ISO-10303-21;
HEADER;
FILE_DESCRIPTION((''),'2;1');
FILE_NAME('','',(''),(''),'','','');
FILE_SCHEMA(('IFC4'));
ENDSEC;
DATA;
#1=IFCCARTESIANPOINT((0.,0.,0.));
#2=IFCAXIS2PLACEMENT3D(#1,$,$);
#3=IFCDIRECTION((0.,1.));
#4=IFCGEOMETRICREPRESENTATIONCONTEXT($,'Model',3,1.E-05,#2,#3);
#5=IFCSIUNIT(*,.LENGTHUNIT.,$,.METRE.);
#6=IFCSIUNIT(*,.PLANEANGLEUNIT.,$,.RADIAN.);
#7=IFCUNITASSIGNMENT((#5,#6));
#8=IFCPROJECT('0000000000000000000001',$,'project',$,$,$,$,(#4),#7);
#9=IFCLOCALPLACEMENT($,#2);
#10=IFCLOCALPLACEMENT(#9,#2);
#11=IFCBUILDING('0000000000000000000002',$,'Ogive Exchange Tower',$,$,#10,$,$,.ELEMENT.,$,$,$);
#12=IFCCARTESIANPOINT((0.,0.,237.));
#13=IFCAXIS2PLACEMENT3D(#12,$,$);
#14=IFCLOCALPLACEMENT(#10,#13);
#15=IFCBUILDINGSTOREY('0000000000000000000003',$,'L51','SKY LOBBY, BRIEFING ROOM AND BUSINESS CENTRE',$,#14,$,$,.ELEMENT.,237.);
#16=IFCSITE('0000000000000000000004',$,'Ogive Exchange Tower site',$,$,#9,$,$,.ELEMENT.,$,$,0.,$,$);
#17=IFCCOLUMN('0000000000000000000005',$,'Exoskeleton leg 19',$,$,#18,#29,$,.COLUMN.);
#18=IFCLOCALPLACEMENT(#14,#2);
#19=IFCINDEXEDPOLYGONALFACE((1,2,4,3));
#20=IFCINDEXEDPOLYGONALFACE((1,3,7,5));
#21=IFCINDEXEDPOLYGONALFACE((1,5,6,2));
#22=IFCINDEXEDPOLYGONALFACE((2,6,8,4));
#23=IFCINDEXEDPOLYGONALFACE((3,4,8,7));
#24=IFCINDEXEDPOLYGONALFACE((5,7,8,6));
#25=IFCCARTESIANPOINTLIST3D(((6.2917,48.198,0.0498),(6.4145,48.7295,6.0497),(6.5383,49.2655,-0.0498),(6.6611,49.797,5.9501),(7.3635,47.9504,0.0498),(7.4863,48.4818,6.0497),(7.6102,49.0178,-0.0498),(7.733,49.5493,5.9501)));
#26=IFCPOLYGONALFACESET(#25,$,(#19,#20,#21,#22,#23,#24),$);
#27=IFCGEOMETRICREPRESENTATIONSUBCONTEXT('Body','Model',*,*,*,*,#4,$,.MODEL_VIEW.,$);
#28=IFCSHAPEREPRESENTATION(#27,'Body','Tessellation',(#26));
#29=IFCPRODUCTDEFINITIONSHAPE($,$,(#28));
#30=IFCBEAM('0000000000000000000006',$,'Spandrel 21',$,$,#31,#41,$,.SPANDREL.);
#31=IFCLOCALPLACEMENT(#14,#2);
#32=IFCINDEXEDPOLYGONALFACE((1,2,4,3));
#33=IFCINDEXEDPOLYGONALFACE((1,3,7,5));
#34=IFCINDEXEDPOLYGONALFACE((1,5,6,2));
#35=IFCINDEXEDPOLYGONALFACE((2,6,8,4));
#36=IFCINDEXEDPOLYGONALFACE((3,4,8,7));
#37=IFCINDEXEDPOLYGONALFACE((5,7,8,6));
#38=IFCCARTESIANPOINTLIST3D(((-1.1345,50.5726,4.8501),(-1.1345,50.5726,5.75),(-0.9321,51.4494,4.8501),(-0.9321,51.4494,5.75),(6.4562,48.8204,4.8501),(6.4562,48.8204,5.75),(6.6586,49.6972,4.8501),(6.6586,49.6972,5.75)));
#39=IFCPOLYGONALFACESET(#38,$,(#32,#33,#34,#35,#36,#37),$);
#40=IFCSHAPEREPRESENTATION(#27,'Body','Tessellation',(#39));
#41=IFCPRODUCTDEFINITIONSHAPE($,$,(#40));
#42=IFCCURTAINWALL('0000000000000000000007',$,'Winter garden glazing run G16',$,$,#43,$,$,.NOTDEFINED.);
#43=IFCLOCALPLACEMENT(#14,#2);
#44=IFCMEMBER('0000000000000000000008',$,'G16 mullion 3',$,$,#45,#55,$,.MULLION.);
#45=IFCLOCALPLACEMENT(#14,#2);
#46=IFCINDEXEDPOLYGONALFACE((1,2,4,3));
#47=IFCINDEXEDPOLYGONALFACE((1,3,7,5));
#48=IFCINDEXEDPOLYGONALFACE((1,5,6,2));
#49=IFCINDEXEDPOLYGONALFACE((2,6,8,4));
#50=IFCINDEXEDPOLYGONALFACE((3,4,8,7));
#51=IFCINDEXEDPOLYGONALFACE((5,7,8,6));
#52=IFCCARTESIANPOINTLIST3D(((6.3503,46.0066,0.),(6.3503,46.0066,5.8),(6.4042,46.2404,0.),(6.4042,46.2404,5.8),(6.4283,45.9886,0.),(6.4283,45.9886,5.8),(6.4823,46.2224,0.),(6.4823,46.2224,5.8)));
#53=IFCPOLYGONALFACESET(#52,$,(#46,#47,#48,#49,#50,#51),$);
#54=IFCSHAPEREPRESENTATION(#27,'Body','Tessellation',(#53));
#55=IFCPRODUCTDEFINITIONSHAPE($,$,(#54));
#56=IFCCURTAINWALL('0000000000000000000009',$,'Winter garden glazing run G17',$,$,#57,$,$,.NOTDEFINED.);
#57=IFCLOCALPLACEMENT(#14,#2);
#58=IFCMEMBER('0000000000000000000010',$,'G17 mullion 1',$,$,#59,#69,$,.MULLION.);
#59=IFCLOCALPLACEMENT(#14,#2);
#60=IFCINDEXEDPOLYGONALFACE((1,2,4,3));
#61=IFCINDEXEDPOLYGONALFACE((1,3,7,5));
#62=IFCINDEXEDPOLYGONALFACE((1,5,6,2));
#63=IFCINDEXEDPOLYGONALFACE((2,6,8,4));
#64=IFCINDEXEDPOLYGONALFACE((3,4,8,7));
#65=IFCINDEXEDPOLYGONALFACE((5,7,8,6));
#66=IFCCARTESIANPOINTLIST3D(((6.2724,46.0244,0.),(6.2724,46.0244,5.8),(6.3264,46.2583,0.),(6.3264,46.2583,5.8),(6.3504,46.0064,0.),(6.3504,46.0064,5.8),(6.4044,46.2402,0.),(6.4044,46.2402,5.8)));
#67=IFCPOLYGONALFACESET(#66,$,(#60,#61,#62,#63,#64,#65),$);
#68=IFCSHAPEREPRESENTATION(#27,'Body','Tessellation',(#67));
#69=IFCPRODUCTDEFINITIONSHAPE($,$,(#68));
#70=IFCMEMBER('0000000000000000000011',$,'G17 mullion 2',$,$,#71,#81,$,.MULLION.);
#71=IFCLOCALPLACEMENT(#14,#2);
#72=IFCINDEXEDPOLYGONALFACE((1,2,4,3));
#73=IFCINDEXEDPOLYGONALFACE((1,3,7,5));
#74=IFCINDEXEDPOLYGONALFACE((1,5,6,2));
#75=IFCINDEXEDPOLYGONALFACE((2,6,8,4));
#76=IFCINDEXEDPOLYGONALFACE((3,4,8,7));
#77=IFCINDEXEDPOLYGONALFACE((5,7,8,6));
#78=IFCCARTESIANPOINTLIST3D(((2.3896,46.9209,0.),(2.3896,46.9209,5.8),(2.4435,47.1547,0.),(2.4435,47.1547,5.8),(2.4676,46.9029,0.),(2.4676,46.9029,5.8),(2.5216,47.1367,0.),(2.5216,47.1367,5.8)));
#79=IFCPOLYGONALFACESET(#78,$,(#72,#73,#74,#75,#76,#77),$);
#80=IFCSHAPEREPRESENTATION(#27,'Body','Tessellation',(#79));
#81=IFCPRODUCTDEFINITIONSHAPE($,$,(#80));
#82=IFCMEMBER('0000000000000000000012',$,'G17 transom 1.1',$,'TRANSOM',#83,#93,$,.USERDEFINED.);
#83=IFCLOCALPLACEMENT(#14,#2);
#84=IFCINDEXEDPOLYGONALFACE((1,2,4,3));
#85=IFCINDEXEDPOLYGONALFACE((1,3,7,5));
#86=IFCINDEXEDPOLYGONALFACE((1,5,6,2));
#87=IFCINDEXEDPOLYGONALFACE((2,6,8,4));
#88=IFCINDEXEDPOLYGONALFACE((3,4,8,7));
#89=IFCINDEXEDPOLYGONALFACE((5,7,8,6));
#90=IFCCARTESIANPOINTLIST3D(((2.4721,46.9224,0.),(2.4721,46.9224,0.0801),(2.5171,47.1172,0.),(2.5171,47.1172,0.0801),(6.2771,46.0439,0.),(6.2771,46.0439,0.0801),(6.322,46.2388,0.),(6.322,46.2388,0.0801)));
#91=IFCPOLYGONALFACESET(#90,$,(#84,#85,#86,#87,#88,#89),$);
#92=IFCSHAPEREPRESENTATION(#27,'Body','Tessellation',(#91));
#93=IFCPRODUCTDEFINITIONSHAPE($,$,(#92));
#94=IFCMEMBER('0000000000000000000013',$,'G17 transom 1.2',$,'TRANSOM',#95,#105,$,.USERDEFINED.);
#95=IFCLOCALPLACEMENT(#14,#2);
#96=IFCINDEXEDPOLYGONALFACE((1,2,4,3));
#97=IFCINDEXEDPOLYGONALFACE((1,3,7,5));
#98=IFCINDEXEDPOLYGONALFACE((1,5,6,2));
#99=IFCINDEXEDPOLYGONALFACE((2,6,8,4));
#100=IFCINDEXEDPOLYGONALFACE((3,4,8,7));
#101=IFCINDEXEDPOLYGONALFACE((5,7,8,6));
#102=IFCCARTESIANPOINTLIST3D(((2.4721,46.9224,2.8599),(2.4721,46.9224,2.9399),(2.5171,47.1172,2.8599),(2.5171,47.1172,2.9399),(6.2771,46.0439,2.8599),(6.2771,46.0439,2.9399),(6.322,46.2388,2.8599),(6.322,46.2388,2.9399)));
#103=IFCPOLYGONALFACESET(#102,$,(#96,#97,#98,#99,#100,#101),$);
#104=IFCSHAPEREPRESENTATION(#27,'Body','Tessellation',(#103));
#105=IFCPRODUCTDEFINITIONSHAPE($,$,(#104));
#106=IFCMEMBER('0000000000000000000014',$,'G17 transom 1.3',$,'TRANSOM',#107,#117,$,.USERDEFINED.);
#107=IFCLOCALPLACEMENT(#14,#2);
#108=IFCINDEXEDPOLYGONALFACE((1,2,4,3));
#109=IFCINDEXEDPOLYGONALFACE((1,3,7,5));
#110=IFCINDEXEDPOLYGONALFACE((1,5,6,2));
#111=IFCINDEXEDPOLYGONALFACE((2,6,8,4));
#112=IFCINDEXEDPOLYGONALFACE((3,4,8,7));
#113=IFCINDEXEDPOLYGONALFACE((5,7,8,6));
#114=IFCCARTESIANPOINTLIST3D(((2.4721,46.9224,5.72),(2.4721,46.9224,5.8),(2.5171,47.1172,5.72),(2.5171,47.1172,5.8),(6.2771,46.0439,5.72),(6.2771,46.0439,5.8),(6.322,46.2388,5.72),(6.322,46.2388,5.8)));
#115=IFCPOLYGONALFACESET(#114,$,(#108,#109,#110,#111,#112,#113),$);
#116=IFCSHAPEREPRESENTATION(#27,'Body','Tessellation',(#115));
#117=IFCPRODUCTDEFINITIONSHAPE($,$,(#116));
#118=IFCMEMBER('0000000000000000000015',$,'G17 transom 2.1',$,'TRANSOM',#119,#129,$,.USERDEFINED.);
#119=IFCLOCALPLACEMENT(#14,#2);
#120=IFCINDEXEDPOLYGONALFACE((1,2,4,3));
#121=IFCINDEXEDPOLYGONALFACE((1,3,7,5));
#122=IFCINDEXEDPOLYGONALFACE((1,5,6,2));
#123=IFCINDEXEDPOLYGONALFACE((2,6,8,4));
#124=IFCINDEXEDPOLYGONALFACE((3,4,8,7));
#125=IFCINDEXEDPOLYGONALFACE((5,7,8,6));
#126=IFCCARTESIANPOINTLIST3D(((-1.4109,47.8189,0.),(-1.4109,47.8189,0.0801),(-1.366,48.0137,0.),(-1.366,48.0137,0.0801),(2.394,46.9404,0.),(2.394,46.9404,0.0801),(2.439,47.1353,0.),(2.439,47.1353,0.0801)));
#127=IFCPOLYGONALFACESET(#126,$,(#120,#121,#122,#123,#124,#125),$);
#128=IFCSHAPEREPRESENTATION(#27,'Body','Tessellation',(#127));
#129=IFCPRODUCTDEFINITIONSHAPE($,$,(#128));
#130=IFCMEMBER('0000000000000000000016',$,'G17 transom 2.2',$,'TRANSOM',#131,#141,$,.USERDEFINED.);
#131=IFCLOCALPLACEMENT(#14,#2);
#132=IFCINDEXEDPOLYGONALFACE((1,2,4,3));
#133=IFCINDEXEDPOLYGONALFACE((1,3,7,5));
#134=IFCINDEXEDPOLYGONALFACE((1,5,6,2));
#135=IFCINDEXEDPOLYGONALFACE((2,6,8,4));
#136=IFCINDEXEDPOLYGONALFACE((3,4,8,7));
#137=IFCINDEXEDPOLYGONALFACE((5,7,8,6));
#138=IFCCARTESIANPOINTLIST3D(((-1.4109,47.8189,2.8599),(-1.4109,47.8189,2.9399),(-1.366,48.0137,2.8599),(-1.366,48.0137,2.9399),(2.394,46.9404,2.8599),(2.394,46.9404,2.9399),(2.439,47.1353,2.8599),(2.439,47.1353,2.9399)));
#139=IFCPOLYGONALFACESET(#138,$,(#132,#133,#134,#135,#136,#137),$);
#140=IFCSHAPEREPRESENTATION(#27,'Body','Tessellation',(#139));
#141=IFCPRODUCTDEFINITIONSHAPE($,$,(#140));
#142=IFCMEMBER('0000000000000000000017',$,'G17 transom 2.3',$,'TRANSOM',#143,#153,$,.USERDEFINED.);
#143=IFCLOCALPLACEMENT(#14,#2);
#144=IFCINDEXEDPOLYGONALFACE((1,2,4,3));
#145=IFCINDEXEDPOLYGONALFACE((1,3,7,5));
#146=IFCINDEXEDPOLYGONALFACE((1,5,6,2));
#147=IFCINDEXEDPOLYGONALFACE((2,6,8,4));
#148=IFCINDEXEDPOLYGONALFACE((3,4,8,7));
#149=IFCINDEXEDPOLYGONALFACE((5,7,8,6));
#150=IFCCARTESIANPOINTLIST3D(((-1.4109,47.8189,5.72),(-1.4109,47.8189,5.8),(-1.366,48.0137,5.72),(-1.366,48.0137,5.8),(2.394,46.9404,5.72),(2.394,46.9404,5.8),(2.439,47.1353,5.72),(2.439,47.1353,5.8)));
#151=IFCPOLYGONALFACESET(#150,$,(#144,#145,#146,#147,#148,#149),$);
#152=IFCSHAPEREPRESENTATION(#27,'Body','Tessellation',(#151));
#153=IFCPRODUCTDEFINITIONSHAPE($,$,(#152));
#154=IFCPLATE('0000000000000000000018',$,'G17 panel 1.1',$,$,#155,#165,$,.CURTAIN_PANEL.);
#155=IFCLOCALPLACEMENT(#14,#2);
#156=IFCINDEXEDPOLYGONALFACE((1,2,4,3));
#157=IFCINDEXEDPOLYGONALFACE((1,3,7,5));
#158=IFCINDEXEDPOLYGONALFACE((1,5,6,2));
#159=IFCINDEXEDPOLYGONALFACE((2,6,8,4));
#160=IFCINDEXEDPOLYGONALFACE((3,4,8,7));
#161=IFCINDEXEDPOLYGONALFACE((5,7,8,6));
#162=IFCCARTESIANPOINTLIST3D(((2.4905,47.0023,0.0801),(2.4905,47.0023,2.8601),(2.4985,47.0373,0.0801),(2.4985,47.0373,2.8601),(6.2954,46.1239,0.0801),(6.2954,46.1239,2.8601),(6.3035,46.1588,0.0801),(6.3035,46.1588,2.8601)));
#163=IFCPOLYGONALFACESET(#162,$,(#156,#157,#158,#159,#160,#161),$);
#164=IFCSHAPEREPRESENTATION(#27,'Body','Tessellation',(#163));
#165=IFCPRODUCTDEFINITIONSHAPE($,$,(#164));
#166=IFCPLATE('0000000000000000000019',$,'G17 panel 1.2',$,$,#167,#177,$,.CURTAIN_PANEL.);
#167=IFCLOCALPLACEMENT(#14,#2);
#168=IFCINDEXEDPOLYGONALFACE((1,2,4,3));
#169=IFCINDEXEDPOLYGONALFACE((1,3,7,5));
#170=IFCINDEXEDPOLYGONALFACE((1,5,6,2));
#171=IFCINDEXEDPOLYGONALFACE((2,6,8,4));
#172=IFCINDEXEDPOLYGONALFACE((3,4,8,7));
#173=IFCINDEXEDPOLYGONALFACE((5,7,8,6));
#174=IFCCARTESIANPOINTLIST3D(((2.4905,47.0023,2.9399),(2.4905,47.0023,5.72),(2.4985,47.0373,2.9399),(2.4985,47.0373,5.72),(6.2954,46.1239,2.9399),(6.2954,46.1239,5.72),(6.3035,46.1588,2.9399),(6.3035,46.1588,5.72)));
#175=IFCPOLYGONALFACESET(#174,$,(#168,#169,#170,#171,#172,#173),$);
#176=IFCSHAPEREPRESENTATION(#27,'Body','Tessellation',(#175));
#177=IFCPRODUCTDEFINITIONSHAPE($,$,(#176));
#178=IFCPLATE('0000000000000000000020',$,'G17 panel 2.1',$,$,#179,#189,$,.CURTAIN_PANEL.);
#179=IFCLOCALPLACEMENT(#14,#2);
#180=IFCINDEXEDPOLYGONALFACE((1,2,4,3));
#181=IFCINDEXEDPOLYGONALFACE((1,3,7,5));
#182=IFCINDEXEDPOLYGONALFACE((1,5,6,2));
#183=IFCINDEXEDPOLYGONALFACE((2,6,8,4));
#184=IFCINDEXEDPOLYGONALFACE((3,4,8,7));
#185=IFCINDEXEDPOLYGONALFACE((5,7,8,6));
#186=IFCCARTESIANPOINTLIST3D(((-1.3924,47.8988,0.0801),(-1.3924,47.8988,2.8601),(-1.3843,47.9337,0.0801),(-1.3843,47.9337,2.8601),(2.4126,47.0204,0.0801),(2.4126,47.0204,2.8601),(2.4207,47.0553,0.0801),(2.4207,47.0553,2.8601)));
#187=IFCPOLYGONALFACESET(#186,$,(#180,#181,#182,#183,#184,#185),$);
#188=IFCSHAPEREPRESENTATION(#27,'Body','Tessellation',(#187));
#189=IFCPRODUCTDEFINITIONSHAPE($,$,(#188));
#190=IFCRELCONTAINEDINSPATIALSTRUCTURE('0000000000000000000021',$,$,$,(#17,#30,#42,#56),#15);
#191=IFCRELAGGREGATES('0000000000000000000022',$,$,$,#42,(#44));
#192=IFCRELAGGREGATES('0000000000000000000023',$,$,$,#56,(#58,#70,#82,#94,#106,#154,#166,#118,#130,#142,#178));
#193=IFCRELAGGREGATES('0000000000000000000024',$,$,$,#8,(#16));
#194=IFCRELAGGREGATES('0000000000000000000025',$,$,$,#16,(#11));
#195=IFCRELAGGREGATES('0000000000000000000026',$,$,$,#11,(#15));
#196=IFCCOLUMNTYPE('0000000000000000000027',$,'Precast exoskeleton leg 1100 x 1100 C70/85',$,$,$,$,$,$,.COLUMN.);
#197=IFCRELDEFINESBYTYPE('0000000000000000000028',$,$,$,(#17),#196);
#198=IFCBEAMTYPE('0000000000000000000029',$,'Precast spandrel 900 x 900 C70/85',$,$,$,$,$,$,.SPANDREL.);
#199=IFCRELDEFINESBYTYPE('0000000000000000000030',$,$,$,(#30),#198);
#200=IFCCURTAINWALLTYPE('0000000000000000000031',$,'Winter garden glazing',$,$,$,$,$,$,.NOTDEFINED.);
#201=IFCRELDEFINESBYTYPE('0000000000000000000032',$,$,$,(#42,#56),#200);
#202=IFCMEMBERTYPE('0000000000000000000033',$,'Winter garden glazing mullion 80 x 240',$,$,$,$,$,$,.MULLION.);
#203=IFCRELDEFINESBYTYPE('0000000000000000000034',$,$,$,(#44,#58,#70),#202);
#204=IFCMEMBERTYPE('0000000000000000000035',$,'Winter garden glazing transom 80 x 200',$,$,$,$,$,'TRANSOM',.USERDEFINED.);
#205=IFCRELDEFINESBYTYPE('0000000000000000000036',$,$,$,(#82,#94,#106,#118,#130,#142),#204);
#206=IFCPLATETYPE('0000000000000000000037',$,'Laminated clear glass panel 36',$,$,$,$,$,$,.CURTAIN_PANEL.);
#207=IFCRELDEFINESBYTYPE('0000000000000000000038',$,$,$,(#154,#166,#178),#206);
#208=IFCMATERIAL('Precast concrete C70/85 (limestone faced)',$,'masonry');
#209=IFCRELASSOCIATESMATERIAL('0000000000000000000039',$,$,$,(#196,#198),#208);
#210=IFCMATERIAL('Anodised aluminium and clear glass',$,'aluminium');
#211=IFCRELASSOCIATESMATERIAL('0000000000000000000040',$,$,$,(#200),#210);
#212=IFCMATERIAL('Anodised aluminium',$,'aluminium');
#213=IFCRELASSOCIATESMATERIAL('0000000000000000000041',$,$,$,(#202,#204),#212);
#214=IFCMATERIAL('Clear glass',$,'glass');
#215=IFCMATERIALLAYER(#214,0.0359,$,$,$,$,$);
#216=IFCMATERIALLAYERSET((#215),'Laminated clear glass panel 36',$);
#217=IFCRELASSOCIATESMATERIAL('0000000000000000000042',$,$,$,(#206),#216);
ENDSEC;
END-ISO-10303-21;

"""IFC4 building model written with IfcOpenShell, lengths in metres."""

from ifc_helpers import new_model, si_unit, direction, frame, origin, origin_2d, place, context, subcontext, project, spatial, rectangle, extrude, material, layer, layer_set, material_profile, profile_set, type_object, element, aggregate, save


model = new_model("IFC4")

# Units and contexts
model_context = context("Model", 3, precision=1e-05, world=origin(), true_north=direction((0.0, 1.0)))
body_context = subcontext(model_context, "Body", "Model", "MODEL_VIEW")
ifc_project = project(units=[si_unit("LENGTHUNIT", "METRE"), si_unit("PLANEANGLEUNIT", "RADIAN")], contexts=[model_context])

# Site, building, storey
site_placement = place(None, origin())
site = spatial("IfcSite", under=ifc_project, at=site_placement, Name="Ogive Exchange Tower site", CompositionType="ELEMENT", RefElevation=0.0)
building_placement = place(site_placement, origin())
building = spatial("IfcBuilding", under=site, at=building_placement, Name="Ogive Exchange Tower", CompositionType="ELEMENT")
storey_placement = place(building_placement, frame((0.0, 0.0, 237.0)))
storey = spatial("IfcBuildingStorey", under=building, at=storey_placement, Name="L51", Description="SKY LOBBY, BRIEFING ROOM AND BUSINESS CENTRE", CompositionType="ELEMENT", Elevation=237.0)

# Column
ifc_material_1 = material(Name="Precast concrete C70/85 (limestone faced)", Category="masonry")
ifc_material_profile_1 = material_profile(ifc_material_1, rectangle(XDim=1.1001, YDim=1.1001, at=origin_2d()), Name="1100 x 1100")
ifc_profile_set_1 = profile_set([ifc_material_profile_1], Name="Precast concrete C70/85 (limestone faced)")
column_type = type_object("IfcColumnType", Name="Precast exoskeleton leg 1100 x 1100 C70/85", PredefinedType="COLUMN", material=ifc_profile_set_1)
column_placement = place(storey_placement, frame((6.9509, 48.6079, 0.0), z_axis=(0.020383, 0.088219, 0.995893), x_axis=(-0.974331, 0.225121, 0.0)))
element("IfcColumn", 1, at=column_placement, inside=storey, type_object=column_type, Name="Exoskeleton leg 19", PredefinedType="COLUMN", context=body_context, shape_type="SweptSolid", body=[
    extrude(rectangle(XDim=1.1001, YDim=1.1001, at=origin_2d()), origin(), (0.0, 0.0, 1.0), 6.0247),
])

# Beam
ifc_material_profile_2 = material_profile(ifc_material_1, rectangle(XDim=0.8999, YDim=0.8999, at=origin_2d()), Name="900 x 900")
ifc_profile_set_2 = profile_set([ifc_material_profile_2], Name="Precast concrete C70/85 (limestone faced)")
beam_type = type_object("IfcBeamType", Name="Precast spandrel 900 x 900 C70/85", PredefinedType="SPANDREL", material=ifc_profile_set_2)
beam_placement = place(storey_placement, frame((6.5574, 49.2588, 5.3), z_axis=(-0.974376, 0.224924, 0.0), x_axis=(-0.224924, -0.974376, 0.0)))
element("IfcBeam", 2, at=beam_placement, inside=storey, type_object=beam_type, Name="Spandrel 21", PredefinedType="SPANDREL", context=body_context, shape_type="SweptSolid", body=[
    extrude(rectangle(XDim=0.8999, YDim=0.8999, at=origin_2d()), origin(), (0.0, 0.0, 1.0), 7.7903),
])

# Curtain wall, member
ifc_material_2 = material(Name="Anodised aluminium and clear glass", Category="aluminium")
curtain_wall_type = type_object("IfcCurtainWallType", Name="Winter garden glazing", PredefinedType="NOTDEFINED", material=ifc_material_2)
curtain_wall_1_placement = place(storey_placement, origin())
curtain_wall_1 = element("IfcCurtainWall", 3, at=curtain_wall_1_placement, inside=storey, type_object=curtain_wall_type, Name="Winter garden glazing run G16", PredefinedType="NOTDEFINED")
ifc_material_3 = material(Name="Anodised aluminium", Category="aluminium")
ifc_material_profile_3 = material_profile(ifc_material_3, rectangle(XDim=0.24, YDim=0.0801, at=origin_2d()), Name="AL 80x240")
ifc_profile_set_3 = profile_set([ifc_material_profile_3], Name="Anodised aluminium")
member_type_1 = type_object("IfcMemberType", Name="Winter garden glazing mullion 80 x 240", PredefinedType="MULLION", material=ifc_profile_set_3)
member_1_placement = place(storey_placement, frame((6.4163, 46.1145, 0.0), z_axis=(0.0, 0.0, 1.0), x_axis=(-0.224958, -0.974368, 0.0)))
member_1 = element("IfcMember", 4, at=member_1_placement, type_object=member_type_1, Name="G16 mullion 3", PredefinedType="MULLION", context=body_context, shape_type="SweptSolid", body=[
    extrude(rectangle(XDim=0.24, YDim=0.0801, at=origin_2d()), origin(), (0.0, 0.0, 1.0), 5.8),
])
aggregate(curtain_wall_1, [member_1])

# Curtain wall, members, plates
curtain_wall_2_placement = place(storey_placement, origin())
curtain_wall_2 = element("IfcCurtainWall", 5, at=curtain_wall_2_placement, inside=storey, type_object=curtain_wall_type, Name="Winter garden glazing run G17", PredefinedType="NOTDEFINED")
member_2_placement = place(storey_placement, frame((6.3384, 46.1323, 0.0), z_axis=(0.0, 0.0, 1.0), x_axis=(-0.224944, -0.974372, 0.0)))
member_2 = element("IfcMember", 6, at=member_2_placement, type_object=member_type_1, Name="G17 mullion 1", PredefinedType="MULLION", context=body_context, shape_type="SweptSolid", body=[
    extrude(rectangle(XDim=0.24, YDim=0.0801, at=origin_2d()), origin(), (0.0, 0.0, 1.0), 5.8),
])
member_3_placement = place(storey_placement, frame((2.4556, 47.0288, 0.0), z_axis=(0.0, 0.0, 1.0), x_axis=(-0.224944, -0.974372, 0.0)))
member_3 = element("IfcMember", 7, at=member_3_placement, type_object=member_type_1, Name="G17 mullion 2", PredefinedType="MULLION", context=body_context, shape_type="SweptSolid", body=[
    extrude(rectangle(XDim=0.24, YDim=0.0801, at=origin_2d()), origin(), (0.0, 0.0, 1.0), 5.8),
])
ifc_material_profile_4 = material_profile(ifc_material_3, rectangle(XDim=0.2, YDim=0.0801, at=origin_2d()), Name="AL 80x200")
ifc_profile_set_4 = profile_set([ifc_material_profile_4], Name="Anodised aluminium")
member_type_2 = type_object("IfcMemberType", Name="Winter garden glazing transom 80 x 200", ElementType="TRANSOM", PredefinedType="USERDEFINED", material=ifc_profile_set_4)
member_4_placement = place(storey_placement, frame((6.2996, 46.1414, 0.04), z_axis=(-0.974371, 0.224946, 0.0), x_axis=(-0.224946, -0.974371, 0.0)))
member_4 = element("IfcMember", 8, at=member_4_placement, type_object=member_type_2, Name="G17 transom 1.1", ObjectType="TRANSOM", PredefinedType="USERDEFINED", context=body_context, shape_type="SweptSolid", body=[
    extrude(rectangle(XDim=0.2, YDim=0.0801, at=origin_2d()), origin(), (0.0, 0.0, 1.0), 3.905),
])
member_5_placement = place(storey_placement, frame((6.2996, 46.1414, 2.8999), z_axis=(-0.974371, 0.224946, 0.0), x_axis=(-0.224946, -0.974371, 0.0)))
member_5 = element("IfcMember", 9, at=member_5_placement, type_object=member_type_2, Name="G17 transom 1.2", ObjectType="TRANSOM", PredefinedType="USERDEFINED", context=body_context, shape_type="SweptSolid", body=[
    extrude(rectangle(XDim=0.2, YDim=0.0801, at=origin_2d()), origin(), (0.0, 0.0, 1.0), 3.905),
])
member_6_placement = place(storey_placement, frame((6.2996, 46.1414, 5.76), z_axis=(-0.974371, 0.224946, 0.0), x_axis=(-0.224946, -0.974371, 0.0)))
member_6 = element("IfcMember", 10, at=member_6_placement, type_object=member_type_2, Name="G17 transom 1.3", ObjectType="TRANSOM", PredefinedType="USERDEFINED", context=body_context, shape_type="SweptSolid", body=[
    extrude(rectangle(XDim=0.2, YDim=0.0801, at=origin_2d()), origin(), (0.0, 0.0, 1.0), 3.905),
])
member_7_placement = place(storey_placement, frame((2.4165, 47.0378, 0.04), z_axis=(-0.974371, 0.224946, 0.0), x_axis=(-0.224946, -0.974371, 0.0)))
member_7 = element("IfcMember", 11, at=member_7_placement, type_object=member_type_2, Name="G17 transom 2.1", ObjectType="TRANSOM", PredefinedType="USERDEFINED", context=body_context, shape_type="SweptSolid", body=[
    extrude(rectangle(XDim=0.2, YDim=0.0801, at=origin_2d()), origin(), (0.0, 0.0, 1.0), 3.905),
])
member_8_placement = place(storey_placement, frame((2.4165, 47.0378, 2.8999), z_axis=(-0.974371, 0.224946, 0.0), x_axis=(-0.224946, -0.974371, 0.0)))
member_8 = element("IfcMember", 12, at=member_8_placement, type_object=member_type_2, Name="G17 transom 2.2", ObjectType="TRANSOM", PredefinedType="USERDEFINED", context=body_context, shape_type="SweptSolid", body=[
    extrude(rectangle(XDim=0.2, YDim=0.0801, at=origin_2d()), origin(), (0.0, 0.0, 1.0), 3.905),
])
member_9_placement = place(storey_placement, frame((2.4165, 47.0378, 5.76), z_axis=(-0.974371, 0.224946, 0.0), x_axis=(-0.224946, -0.974371, 0.0)))
member_9 = element("IfcMember", 13, at=member_9_placement, type_object=member_type_2, Name="G17 transom 2.3", ObjectType="TRANSOM", PredefinedType="USERDEFINED", context=body_context, shape_type="SweptSolid", body=[
    extrude(rectangle(XDim=0.2, YDim=0.0801, at=origin_2d()), origin(), (0.0, 0.0, 1.0), 3.905),
])
ifc_material_4 = material(Name="Clear glass", Category="glass")
ifc_layer_1 = layer(ifc_material_4, 0.0359)
ifc_layer_set_1 = layer_set([ifc_layer_1], Name="Laminated clear glass panel 36")
plate_type = type_object("IfcPlateType", Name="Laminated clear glass panel 36", PredefinedType="CURTAIN_PANEL", material=ifc_layer_set_1)
plate_1_placement = place(storey_placement, frame((4.397, 46.5806, 0.0801), z_axis=(0.0, 0.0, 1.0), x_axis=(-0.974372, 0.224944, 0.0)))
plate_1 = element("IfcPlate", 14, at=plate_1_placement, type_object=plate_type, Name="G17 panel 1.1", PredefinedType="CURTAIN_PANEL", context=body_context, shape_type="SweptSolid", body=[
    extrude(rectangle(XDim=3.905, YDim=0.0359, at=origin_2d()), origin(), (0.0, 0.0, 1.0), 2.78),
])
plate_2_placement = place(storey_placement, frame((4.397, 46.5806, 2.9399), z_axis=(0.0, 0.0, 1.0), x_axis=(-0.974372, 0.224944, 0.0)))
plate_2 = element("IfcPlate", 15, at=plate_2_placement, type_object=plate_type, Name="G17 panel 1.2", PredefinedType="CURTAIN_PANEL", context=body_context, shape_type="SweptSolid", body=[
    extrude(rectangle(XDim=3.905, YDim=0.0359, at=origin_2d()), origin(), (0.0, 0.0, 1.0), 2.78),
])
plate_3_placement = place(storey_placement, frame((0.5142, 47.4771, 0.0801), z_axis=(0.0, 0.0, 1.0), x_axis=(-0.974372, 0.224944, 0.0)))
plate_3 = element("IfcPlate", 16, at=plate_3_placement, type_object=plate_type, Name="G17 panel 2.1", PredefinedType="CURTAIN_PANEL", context=body_context, shape_type="SweptSolid", body=[
    extrude(rectangle(XDim=3.905, YDim=0.0359, at=origin_2d()), origin(), (0.0, 0.0, 1.0), 2.78),
])
aggregate(curtain_wall_2, [member_2, member_3, member_4, member_5, member_6, plate_1, plate_2, member_7, member_8, member_9, plate_3])

save(model, "model.ifc")
